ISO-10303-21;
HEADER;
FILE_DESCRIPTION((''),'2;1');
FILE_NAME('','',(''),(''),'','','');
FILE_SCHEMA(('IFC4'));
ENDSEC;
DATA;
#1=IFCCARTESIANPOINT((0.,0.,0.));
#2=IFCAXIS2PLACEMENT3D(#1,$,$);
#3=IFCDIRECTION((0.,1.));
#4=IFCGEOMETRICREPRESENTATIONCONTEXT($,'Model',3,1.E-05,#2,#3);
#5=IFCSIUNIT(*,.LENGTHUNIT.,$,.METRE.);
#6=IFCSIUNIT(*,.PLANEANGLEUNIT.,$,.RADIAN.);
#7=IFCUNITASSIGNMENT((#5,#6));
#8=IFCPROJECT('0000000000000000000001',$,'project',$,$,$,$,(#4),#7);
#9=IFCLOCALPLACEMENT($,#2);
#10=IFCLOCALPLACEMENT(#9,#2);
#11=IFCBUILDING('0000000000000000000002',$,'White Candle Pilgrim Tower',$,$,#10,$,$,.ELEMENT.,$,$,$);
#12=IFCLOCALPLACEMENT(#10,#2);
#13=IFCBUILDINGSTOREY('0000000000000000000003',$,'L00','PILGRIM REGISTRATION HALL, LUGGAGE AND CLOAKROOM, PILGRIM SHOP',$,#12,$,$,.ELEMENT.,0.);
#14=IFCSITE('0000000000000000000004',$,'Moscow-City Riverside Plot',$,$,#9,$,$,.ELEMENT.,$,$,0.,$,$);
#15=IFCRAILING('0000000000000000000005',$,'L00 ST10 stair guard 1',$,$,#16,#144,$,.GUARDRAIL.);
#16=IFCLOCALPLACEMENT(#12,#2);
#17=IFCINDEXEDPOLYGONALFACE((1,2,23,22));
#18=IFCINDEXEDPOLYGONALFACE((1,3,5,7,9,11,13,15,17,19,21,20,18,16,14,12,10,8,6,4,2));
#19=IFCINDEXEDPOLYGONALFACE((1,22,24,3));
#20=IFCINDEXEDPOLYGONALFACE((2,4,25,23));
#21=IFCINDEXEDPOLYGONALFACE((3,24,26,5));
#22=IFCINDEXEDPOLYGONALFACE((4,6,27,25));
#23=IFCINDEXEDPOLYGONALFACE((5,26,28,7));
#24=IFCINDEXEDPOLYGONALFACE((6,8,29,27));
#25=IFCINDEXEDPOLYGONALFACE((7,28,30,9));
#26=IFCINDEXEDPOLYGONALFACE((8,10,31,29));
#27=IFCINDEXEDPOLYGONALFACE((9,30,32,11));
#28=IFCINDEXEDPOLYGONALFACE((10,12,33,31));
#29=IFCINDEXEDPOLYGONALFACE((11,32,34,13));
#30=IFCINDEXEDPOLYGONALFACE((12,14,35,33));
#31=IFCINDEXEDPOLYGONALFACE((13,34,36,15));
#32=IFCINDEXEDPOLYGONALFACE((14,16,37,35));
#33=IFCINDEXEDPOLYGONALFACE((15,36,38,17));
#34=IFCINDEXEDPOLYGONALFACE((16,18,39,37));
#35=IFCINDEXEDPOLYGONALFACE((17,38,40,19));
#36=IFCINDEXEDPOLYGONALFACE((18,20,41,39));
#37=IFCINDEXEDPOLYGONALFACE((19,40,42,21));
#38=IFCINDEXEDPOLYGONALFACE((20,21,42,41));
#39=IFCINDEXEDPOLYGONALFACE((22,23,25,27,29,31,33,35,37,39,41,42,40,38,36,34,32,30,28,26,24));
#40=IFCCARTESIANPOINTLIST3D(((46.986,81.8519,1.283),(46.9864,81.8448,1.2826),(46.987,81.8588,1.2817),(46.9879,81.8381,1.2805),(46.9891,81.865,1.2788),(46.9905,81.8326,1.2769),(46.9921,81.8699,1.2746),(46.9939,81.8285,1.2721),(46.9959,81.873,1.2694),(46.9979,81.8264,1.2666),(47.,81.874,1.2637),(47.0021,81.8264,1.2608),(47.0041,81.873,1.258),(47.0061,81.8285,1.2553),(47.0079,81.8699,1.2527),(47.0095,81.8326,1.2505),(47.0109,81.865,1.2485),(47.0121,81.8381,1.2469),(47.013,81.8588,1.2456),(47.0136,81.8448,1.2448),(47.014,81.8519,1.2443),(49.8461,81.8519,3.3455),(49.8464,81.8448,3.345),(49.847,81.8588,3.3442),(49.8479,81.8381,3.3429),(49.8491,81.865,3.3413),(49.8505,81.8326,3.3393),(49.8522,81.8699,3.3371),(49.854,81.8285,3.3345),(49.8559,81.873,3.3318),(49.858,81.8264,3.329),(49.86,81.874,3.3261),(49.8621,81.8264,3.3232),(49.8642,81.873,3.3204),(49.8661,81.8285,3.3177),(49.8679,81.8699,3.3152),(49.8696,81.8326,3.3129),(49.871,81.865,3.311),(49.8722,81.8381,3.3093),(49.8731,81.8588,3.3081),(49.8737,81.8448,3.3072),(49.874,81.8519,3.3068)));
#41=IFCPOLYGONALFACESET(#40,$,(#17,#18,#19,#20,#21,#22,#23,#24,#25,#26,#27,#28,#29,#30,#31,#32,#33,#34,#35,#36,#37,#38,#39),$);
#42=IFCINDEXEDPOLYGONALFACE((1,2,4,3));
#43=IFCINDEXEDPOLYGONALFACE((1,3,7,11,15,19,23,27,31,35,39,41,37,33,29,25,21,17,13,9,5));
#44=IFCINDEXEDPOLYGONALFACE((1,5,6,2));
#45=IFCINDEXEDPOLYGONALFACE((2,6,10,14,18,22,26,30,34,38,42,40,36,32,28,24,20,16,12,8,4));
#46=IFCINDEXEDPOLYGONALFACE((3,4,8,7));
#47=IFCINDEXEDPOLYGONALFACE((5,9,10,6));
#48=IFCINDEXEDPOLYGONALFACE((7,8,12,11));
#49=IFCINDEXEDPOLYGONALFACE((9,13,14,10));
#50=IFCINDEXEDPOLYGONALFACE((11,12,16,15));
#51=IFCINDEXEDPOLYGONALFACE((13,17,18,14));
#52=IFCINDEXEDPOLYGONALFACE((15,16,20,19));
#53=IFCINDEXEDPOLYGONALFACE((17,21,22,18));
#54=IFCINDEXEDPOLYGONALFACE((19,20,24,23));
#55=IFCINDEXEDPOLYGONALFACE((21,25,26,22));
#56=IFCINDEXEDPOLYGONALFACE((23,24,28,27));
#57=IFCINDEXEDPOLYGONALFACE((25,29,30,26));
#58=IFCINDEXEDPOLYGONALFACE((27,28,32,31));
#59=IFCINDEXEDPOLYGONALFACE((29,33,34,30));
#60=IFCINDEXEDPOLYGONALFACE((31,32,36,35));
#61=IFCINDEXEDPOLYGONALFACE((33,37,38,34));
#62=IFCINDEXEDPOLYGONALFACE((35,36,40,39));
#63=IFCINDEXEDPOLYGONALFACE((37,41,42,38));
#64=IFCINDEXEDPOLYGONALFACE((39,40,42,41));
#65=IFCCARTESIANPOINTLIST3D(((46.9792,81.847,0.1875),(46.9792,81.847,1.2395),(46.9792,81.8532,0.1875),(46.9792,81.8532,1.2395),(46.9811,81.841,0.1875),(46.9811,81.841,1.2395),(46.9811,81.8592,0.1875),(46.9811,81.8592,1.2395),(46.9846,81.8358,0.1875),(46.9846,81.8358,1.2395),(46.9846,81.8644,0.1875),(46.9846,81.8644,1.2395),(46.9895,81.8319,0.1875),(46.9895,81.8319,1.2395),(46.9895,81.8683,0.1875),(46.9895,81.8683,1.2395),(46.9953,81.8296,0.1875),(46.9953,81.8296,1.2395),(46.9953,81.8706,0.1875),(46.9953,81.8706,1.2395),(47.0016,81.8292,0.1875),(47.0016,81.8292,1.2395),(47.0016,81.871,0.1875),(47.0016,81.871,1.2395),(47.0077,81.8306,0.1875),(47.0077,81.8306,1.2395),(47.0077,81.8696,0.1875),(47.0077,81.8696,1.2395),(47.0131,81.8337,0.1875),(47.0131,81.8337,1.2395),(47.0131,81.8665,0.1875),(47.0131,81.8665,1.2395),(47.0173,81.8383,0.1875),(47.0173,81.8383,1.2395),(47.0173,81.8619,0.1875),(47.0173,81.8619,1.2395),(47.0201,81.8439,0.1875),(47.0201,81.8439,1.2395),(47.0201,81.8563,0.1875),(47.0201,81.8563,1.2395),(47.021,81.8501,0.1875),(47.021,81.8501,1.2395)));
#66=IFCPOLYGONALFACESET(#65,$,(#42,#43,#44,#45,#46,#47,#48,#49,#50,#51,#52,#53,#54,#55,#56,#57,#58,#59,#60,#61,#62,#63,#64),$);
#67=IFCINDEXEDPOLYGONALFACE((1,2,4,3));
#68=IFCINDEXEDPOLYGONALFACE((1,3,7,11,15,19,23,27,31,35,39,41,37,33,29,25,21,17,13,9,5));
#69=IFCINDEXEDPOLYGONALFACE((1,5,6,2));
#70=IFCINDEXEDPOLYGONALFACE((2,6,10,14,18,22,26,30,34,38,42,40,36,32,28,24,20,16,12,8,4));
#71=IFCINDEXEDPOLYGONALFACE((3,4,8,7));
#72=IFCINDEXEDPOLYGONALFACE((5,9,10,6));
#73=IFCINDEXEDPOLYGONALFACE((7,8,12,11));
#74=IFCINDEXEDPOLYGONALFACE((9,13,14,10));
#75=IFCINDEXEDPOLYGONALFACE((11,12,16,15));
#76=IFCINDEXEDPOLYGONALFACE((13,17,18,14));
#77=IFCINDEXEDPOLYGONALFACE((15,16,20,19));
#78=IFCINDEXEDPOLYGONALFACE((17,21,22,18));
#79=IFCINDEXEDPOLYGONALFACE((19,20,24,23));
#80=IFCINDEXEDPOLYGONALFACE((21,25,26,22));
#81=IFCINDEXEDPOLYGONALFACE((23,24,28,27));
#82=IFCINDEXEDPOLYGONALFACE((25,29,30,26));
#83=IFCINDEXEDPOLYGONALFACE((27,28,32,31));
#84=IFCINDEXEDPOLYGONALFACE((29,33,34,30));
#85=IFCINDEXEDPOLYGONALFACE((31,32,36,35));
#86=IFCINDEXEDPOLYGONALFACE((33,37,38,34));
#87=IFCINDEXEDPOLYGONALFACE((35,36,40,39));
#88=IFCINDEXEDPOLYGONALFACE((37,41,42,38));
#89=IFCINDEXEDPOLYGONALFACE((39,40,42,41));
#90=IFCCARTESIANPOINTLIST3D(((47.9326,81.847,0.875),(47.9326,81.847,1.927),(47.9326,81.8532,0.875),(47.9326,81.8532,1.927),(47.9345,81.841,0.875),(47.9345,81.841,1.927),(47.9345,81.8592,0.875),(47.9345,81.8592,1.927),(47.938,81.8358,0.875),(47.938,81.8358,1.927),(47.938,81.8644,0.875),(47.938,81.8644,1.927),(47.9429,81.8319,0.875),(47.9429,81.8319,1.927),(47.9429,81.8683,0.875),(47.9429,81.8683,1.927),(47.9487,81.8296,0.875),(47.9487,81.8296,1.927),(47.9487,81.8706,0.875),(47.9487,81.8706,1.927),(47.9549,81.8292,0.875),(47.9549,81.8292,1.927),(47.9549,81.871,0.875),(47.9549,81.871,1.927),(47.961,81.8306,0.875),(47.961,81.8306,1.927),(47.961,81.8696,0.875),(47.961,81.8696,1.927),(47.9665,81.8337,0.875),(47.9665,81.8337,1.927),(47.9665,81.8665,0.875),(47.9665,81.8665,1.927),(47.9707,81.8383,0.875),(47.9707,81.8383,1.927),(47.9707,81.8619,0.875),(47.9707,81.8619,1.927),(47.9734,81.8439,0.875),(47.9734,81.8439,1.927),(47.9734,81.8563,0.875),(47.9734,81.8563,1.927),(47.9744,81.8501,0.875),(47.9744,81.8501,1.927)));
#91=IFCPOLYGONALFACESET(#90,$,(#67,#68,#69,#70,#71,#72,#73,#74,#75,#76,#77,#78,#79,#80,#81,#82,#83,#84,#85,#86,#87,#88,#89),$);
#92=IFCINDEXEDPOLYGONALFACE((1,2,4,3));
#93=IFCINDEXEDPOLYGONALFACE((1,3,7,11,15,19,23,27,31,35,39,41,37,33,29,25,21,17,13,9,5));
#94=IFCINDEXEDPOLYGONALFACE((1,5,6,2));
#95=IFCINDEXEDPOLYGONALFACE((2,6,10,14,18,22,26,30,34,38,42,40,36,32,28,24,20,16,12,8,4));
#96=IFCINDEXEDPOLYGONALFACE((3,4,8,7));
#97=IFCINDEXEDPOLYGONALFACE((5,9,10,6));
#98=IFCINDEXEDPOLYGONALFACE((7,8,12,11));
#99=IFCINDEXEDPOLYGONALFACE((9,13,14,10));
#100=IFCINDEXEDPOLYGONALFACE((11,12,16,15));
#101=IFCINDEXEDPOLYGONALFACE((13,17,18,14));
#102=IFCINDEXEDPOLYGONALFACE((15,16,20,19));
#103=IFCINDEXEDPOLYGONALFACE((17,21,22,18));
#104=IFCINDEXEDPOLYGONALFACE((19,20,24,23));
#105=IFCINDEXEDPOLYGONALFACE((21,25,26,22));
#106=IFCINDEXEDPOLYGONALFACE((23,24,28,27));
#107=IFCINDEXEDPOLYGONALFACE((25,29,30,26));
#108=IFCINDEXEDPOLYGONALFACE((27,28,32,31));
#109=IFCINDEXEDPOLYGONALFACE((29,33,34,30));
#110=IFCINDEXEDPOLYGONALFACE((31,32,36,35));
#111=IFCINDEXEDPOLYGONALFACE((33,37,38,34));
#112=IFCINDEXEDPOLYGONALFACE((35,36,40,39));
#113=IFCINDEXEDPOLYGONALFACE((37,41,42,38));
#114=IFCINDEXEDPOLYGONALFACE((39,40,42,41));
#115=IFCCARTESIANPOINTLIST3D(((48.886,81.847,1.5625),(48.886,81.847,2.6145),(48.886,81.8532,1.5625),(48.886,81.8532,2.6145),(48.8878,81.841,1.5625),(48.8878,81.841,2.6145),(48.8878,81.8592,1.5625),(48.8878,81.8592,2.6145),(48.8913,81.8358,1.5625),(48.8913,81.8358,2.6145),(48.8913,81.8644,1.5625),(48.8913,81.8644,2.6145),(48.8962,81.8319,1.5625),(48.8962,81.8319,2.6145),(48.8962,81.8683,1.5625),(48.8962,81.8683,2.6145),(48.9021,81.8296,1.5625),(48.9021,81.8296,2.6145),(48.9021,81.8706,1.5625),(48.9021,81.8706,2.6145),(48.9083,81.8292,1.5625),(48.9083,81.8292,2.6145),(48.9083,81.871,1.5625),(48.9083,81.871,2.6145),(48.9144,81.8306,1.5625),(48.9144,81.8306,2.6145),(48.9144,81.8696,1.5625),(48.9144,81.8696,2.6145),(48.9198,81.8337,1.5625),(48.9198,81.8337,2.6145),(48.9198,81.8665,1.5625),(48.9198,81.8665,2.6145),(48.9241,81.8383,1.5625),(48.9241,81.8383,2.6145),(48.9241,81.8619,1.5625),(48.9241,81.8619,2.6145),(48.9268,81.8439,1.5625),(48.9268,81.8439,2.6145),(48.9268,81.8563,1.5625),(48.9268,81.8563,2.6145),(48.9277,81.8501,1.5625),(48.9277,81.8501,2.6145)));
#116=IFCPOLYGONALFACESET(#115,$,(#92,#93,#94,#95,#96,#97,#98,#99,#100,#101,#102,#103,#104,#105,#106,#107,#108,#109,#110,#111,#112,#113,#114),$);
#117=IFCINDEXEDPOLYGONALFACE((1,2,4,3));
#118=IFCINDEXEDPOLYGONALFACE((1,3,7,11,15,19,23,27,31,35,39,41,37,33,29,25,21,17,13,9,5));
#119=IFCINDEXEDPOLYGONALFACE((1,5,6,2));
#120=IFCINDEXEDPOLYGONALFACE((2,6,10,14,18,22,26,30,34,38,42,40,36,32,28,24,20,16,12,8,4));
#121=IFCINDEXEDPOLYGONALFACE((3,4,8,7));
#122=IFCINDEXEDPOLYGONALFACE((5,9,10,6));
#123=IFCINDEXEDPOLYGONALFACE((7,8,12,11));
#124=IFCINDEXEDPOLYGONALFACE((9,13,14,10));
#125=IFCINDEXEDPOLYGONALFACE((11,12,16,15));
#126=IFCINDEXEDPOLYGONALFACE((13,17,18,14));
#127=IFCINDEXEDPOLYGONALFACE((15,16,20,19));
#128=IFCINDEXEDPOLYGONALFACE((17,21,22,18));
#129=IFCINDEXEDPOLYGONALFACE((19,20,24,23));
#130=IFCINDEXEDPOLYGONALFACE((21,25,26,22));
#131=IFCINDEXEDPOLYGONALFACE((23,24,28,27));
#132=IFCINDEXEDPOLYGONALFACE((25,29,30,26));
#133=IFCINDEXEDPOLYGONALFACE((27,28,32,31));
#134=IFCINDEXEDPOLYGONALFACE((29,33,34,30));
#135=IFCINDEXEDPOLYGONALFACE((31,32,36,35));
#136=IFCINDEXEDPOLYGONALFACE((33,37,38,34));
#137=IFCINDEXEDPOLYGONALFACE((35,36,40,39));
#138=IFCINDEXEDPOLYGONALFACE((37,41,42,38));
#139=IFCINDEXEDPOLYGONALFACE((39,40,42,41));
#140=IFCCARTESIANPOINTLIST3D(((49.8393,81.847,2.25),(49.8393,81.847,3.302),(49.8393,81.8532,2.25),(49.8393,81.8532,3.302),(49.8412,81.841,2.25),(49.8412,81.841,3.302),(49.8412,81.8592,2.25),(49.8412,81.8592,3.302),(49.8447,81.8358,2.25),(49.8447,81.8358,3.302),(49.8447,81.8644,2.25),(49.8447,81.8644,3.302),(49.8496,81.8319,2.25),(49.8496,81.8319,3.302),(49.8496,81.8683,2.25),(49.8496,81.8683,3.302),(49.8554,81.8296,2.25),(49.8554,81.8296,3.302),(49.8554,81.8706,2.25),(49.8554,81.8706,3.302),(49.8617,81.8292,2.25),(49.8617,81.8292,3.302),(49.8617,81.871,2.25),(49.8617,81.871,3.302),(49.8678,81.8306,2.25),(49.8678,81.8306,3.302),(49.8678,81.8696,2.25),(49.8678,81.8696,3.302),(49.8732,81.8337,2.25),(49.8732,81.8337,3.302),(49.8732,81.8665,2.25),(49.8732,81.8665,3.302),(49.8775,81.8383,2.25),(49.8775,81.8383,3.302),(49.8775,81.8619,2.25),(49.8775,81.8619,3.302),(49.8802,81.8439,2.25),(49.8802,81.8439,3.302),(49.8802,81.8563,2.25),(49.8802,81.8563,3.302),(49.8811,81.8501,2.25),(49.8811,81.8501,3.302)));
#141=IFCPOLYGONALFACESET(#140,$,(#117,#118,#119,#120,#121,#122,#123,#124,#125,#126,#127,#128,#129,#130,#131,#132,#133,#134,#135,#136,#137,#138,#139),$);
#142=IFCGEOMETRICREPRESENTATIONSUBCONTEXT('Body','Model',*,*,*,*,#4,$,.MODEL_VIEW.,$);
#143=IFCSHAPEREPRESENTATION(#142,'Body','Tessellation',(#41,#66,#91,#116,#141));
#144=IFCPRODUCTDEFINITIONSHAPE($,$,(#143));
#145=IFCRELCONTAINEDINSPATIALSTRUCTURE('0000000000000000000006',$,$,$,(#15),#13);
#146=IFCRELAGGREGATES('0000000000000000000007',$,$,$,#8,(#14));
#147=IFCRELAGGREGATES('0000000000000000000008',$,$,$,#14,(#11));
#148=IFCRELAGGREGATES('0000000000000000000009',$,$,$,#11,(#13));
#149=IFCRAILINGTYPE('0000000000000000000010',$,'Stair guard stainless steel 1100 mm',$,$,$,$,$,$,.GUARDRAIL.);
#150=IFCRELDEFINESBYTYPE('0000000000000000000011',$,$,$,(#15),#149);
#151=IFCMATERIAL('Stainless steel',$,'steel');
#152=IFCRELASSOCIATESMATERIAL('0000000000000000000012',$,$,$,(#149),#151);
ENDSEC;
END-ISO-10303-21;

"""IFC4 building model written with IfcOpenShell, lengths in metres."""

from ifc_helpers import new_model, si_unit, direction, frame, origin, origin_2d, place, context, subcontext, project, spatial, circle, extrude, material, type_object, element, save


model = new_model("IFC4")

# Units and contexts
model_context = context("Model", 3, precision=1e-05, world=origin(), true_north=direction((0.0, 1.0)))
body_context = subcontext(model_context, "Body", "Model", "MODEL_VIEW")
ifc_project = project(units=[si_unit("LENGTHUNIT", "METRE"), si_unit("PLANEANGLEUNIT", "RADIAN")], contexts=[model_context])

# Site, building, storey
site_placement = place(None, origin())
site = spatial("IfcSite", under=ifc_project, at=site_placement, Name="Moscow-City Riverside Plot", CompositionType="ELEMENT", RefElevation=0.0)
building_placement = place(site_placement, origin())
building = spatial("IfcBuilding", under=site, at=building_placement, Name="White Candle Pilgrim Tower", CompositionType="ELEMENT")
storey_placement = place(building_placement, origin())
storey = spatial("IfcBuildingStorey", under=building, at=storey_placement, Name="L00", Description="PILGRIM REGISTRATION HALL, LUGGAGE AND CLOAKROOM, PILGRIM SHOP", CompositionType="ELEMENT", Elevation=0.0)

# Railing
ifc_material_1 = material(Name="Stainless steel", Category="steel")
railing_type_1 = type_object("IfcRailingType", Name="Stair guard stainless steel 1100 mm", PredefinedType="GUARDRAIL", material=ifc_material_1)
railing_1_placement = place(storey_placement, frame((47.0, 81.8501, 0.1875)))
element("IfcRailing", 1, at=railing_1_placement, inside=storey, type_object=railing_type_1, Name="L00 ST10 stair guard 1", PredefinedType="GUARDRAIL", context=body_context, shape_type="SweptSolid", body=[
    extrude(circle(Radius=0.0239, at=origin_2d()), frame((0.0, 0.0, 1.0762), z_axis=(0.811101, 0.0, 0.584906), x_axis=(0.0, 1.0, 0.0)), (0.0, 0.0, 1.0), 3.5261),
    extrude(circle(Radius=0.021, at=origin_2d()), origin(), (0.0, 0.0, 1.0), 1.052),
    extrude(circle(Radius=0.021, at=origin_2d()), frame((0.9534, 0.0, 0.6875)), (0.0, 0.0, 1.0), 1.052),
    extrude(circle(Radius=0.021, at=origin_2d()), frame((1.9067, 0.0, 1.375)), (0.0, 0.0, 1.0), 1.052),
    extrude(circle(Radius=0.021, at=origin_2d()), frame((2.8601, 0.0, 2.0625)), (0.0, 0.0, 1.0), 1.052),
])

save(model, "model.ifc")
